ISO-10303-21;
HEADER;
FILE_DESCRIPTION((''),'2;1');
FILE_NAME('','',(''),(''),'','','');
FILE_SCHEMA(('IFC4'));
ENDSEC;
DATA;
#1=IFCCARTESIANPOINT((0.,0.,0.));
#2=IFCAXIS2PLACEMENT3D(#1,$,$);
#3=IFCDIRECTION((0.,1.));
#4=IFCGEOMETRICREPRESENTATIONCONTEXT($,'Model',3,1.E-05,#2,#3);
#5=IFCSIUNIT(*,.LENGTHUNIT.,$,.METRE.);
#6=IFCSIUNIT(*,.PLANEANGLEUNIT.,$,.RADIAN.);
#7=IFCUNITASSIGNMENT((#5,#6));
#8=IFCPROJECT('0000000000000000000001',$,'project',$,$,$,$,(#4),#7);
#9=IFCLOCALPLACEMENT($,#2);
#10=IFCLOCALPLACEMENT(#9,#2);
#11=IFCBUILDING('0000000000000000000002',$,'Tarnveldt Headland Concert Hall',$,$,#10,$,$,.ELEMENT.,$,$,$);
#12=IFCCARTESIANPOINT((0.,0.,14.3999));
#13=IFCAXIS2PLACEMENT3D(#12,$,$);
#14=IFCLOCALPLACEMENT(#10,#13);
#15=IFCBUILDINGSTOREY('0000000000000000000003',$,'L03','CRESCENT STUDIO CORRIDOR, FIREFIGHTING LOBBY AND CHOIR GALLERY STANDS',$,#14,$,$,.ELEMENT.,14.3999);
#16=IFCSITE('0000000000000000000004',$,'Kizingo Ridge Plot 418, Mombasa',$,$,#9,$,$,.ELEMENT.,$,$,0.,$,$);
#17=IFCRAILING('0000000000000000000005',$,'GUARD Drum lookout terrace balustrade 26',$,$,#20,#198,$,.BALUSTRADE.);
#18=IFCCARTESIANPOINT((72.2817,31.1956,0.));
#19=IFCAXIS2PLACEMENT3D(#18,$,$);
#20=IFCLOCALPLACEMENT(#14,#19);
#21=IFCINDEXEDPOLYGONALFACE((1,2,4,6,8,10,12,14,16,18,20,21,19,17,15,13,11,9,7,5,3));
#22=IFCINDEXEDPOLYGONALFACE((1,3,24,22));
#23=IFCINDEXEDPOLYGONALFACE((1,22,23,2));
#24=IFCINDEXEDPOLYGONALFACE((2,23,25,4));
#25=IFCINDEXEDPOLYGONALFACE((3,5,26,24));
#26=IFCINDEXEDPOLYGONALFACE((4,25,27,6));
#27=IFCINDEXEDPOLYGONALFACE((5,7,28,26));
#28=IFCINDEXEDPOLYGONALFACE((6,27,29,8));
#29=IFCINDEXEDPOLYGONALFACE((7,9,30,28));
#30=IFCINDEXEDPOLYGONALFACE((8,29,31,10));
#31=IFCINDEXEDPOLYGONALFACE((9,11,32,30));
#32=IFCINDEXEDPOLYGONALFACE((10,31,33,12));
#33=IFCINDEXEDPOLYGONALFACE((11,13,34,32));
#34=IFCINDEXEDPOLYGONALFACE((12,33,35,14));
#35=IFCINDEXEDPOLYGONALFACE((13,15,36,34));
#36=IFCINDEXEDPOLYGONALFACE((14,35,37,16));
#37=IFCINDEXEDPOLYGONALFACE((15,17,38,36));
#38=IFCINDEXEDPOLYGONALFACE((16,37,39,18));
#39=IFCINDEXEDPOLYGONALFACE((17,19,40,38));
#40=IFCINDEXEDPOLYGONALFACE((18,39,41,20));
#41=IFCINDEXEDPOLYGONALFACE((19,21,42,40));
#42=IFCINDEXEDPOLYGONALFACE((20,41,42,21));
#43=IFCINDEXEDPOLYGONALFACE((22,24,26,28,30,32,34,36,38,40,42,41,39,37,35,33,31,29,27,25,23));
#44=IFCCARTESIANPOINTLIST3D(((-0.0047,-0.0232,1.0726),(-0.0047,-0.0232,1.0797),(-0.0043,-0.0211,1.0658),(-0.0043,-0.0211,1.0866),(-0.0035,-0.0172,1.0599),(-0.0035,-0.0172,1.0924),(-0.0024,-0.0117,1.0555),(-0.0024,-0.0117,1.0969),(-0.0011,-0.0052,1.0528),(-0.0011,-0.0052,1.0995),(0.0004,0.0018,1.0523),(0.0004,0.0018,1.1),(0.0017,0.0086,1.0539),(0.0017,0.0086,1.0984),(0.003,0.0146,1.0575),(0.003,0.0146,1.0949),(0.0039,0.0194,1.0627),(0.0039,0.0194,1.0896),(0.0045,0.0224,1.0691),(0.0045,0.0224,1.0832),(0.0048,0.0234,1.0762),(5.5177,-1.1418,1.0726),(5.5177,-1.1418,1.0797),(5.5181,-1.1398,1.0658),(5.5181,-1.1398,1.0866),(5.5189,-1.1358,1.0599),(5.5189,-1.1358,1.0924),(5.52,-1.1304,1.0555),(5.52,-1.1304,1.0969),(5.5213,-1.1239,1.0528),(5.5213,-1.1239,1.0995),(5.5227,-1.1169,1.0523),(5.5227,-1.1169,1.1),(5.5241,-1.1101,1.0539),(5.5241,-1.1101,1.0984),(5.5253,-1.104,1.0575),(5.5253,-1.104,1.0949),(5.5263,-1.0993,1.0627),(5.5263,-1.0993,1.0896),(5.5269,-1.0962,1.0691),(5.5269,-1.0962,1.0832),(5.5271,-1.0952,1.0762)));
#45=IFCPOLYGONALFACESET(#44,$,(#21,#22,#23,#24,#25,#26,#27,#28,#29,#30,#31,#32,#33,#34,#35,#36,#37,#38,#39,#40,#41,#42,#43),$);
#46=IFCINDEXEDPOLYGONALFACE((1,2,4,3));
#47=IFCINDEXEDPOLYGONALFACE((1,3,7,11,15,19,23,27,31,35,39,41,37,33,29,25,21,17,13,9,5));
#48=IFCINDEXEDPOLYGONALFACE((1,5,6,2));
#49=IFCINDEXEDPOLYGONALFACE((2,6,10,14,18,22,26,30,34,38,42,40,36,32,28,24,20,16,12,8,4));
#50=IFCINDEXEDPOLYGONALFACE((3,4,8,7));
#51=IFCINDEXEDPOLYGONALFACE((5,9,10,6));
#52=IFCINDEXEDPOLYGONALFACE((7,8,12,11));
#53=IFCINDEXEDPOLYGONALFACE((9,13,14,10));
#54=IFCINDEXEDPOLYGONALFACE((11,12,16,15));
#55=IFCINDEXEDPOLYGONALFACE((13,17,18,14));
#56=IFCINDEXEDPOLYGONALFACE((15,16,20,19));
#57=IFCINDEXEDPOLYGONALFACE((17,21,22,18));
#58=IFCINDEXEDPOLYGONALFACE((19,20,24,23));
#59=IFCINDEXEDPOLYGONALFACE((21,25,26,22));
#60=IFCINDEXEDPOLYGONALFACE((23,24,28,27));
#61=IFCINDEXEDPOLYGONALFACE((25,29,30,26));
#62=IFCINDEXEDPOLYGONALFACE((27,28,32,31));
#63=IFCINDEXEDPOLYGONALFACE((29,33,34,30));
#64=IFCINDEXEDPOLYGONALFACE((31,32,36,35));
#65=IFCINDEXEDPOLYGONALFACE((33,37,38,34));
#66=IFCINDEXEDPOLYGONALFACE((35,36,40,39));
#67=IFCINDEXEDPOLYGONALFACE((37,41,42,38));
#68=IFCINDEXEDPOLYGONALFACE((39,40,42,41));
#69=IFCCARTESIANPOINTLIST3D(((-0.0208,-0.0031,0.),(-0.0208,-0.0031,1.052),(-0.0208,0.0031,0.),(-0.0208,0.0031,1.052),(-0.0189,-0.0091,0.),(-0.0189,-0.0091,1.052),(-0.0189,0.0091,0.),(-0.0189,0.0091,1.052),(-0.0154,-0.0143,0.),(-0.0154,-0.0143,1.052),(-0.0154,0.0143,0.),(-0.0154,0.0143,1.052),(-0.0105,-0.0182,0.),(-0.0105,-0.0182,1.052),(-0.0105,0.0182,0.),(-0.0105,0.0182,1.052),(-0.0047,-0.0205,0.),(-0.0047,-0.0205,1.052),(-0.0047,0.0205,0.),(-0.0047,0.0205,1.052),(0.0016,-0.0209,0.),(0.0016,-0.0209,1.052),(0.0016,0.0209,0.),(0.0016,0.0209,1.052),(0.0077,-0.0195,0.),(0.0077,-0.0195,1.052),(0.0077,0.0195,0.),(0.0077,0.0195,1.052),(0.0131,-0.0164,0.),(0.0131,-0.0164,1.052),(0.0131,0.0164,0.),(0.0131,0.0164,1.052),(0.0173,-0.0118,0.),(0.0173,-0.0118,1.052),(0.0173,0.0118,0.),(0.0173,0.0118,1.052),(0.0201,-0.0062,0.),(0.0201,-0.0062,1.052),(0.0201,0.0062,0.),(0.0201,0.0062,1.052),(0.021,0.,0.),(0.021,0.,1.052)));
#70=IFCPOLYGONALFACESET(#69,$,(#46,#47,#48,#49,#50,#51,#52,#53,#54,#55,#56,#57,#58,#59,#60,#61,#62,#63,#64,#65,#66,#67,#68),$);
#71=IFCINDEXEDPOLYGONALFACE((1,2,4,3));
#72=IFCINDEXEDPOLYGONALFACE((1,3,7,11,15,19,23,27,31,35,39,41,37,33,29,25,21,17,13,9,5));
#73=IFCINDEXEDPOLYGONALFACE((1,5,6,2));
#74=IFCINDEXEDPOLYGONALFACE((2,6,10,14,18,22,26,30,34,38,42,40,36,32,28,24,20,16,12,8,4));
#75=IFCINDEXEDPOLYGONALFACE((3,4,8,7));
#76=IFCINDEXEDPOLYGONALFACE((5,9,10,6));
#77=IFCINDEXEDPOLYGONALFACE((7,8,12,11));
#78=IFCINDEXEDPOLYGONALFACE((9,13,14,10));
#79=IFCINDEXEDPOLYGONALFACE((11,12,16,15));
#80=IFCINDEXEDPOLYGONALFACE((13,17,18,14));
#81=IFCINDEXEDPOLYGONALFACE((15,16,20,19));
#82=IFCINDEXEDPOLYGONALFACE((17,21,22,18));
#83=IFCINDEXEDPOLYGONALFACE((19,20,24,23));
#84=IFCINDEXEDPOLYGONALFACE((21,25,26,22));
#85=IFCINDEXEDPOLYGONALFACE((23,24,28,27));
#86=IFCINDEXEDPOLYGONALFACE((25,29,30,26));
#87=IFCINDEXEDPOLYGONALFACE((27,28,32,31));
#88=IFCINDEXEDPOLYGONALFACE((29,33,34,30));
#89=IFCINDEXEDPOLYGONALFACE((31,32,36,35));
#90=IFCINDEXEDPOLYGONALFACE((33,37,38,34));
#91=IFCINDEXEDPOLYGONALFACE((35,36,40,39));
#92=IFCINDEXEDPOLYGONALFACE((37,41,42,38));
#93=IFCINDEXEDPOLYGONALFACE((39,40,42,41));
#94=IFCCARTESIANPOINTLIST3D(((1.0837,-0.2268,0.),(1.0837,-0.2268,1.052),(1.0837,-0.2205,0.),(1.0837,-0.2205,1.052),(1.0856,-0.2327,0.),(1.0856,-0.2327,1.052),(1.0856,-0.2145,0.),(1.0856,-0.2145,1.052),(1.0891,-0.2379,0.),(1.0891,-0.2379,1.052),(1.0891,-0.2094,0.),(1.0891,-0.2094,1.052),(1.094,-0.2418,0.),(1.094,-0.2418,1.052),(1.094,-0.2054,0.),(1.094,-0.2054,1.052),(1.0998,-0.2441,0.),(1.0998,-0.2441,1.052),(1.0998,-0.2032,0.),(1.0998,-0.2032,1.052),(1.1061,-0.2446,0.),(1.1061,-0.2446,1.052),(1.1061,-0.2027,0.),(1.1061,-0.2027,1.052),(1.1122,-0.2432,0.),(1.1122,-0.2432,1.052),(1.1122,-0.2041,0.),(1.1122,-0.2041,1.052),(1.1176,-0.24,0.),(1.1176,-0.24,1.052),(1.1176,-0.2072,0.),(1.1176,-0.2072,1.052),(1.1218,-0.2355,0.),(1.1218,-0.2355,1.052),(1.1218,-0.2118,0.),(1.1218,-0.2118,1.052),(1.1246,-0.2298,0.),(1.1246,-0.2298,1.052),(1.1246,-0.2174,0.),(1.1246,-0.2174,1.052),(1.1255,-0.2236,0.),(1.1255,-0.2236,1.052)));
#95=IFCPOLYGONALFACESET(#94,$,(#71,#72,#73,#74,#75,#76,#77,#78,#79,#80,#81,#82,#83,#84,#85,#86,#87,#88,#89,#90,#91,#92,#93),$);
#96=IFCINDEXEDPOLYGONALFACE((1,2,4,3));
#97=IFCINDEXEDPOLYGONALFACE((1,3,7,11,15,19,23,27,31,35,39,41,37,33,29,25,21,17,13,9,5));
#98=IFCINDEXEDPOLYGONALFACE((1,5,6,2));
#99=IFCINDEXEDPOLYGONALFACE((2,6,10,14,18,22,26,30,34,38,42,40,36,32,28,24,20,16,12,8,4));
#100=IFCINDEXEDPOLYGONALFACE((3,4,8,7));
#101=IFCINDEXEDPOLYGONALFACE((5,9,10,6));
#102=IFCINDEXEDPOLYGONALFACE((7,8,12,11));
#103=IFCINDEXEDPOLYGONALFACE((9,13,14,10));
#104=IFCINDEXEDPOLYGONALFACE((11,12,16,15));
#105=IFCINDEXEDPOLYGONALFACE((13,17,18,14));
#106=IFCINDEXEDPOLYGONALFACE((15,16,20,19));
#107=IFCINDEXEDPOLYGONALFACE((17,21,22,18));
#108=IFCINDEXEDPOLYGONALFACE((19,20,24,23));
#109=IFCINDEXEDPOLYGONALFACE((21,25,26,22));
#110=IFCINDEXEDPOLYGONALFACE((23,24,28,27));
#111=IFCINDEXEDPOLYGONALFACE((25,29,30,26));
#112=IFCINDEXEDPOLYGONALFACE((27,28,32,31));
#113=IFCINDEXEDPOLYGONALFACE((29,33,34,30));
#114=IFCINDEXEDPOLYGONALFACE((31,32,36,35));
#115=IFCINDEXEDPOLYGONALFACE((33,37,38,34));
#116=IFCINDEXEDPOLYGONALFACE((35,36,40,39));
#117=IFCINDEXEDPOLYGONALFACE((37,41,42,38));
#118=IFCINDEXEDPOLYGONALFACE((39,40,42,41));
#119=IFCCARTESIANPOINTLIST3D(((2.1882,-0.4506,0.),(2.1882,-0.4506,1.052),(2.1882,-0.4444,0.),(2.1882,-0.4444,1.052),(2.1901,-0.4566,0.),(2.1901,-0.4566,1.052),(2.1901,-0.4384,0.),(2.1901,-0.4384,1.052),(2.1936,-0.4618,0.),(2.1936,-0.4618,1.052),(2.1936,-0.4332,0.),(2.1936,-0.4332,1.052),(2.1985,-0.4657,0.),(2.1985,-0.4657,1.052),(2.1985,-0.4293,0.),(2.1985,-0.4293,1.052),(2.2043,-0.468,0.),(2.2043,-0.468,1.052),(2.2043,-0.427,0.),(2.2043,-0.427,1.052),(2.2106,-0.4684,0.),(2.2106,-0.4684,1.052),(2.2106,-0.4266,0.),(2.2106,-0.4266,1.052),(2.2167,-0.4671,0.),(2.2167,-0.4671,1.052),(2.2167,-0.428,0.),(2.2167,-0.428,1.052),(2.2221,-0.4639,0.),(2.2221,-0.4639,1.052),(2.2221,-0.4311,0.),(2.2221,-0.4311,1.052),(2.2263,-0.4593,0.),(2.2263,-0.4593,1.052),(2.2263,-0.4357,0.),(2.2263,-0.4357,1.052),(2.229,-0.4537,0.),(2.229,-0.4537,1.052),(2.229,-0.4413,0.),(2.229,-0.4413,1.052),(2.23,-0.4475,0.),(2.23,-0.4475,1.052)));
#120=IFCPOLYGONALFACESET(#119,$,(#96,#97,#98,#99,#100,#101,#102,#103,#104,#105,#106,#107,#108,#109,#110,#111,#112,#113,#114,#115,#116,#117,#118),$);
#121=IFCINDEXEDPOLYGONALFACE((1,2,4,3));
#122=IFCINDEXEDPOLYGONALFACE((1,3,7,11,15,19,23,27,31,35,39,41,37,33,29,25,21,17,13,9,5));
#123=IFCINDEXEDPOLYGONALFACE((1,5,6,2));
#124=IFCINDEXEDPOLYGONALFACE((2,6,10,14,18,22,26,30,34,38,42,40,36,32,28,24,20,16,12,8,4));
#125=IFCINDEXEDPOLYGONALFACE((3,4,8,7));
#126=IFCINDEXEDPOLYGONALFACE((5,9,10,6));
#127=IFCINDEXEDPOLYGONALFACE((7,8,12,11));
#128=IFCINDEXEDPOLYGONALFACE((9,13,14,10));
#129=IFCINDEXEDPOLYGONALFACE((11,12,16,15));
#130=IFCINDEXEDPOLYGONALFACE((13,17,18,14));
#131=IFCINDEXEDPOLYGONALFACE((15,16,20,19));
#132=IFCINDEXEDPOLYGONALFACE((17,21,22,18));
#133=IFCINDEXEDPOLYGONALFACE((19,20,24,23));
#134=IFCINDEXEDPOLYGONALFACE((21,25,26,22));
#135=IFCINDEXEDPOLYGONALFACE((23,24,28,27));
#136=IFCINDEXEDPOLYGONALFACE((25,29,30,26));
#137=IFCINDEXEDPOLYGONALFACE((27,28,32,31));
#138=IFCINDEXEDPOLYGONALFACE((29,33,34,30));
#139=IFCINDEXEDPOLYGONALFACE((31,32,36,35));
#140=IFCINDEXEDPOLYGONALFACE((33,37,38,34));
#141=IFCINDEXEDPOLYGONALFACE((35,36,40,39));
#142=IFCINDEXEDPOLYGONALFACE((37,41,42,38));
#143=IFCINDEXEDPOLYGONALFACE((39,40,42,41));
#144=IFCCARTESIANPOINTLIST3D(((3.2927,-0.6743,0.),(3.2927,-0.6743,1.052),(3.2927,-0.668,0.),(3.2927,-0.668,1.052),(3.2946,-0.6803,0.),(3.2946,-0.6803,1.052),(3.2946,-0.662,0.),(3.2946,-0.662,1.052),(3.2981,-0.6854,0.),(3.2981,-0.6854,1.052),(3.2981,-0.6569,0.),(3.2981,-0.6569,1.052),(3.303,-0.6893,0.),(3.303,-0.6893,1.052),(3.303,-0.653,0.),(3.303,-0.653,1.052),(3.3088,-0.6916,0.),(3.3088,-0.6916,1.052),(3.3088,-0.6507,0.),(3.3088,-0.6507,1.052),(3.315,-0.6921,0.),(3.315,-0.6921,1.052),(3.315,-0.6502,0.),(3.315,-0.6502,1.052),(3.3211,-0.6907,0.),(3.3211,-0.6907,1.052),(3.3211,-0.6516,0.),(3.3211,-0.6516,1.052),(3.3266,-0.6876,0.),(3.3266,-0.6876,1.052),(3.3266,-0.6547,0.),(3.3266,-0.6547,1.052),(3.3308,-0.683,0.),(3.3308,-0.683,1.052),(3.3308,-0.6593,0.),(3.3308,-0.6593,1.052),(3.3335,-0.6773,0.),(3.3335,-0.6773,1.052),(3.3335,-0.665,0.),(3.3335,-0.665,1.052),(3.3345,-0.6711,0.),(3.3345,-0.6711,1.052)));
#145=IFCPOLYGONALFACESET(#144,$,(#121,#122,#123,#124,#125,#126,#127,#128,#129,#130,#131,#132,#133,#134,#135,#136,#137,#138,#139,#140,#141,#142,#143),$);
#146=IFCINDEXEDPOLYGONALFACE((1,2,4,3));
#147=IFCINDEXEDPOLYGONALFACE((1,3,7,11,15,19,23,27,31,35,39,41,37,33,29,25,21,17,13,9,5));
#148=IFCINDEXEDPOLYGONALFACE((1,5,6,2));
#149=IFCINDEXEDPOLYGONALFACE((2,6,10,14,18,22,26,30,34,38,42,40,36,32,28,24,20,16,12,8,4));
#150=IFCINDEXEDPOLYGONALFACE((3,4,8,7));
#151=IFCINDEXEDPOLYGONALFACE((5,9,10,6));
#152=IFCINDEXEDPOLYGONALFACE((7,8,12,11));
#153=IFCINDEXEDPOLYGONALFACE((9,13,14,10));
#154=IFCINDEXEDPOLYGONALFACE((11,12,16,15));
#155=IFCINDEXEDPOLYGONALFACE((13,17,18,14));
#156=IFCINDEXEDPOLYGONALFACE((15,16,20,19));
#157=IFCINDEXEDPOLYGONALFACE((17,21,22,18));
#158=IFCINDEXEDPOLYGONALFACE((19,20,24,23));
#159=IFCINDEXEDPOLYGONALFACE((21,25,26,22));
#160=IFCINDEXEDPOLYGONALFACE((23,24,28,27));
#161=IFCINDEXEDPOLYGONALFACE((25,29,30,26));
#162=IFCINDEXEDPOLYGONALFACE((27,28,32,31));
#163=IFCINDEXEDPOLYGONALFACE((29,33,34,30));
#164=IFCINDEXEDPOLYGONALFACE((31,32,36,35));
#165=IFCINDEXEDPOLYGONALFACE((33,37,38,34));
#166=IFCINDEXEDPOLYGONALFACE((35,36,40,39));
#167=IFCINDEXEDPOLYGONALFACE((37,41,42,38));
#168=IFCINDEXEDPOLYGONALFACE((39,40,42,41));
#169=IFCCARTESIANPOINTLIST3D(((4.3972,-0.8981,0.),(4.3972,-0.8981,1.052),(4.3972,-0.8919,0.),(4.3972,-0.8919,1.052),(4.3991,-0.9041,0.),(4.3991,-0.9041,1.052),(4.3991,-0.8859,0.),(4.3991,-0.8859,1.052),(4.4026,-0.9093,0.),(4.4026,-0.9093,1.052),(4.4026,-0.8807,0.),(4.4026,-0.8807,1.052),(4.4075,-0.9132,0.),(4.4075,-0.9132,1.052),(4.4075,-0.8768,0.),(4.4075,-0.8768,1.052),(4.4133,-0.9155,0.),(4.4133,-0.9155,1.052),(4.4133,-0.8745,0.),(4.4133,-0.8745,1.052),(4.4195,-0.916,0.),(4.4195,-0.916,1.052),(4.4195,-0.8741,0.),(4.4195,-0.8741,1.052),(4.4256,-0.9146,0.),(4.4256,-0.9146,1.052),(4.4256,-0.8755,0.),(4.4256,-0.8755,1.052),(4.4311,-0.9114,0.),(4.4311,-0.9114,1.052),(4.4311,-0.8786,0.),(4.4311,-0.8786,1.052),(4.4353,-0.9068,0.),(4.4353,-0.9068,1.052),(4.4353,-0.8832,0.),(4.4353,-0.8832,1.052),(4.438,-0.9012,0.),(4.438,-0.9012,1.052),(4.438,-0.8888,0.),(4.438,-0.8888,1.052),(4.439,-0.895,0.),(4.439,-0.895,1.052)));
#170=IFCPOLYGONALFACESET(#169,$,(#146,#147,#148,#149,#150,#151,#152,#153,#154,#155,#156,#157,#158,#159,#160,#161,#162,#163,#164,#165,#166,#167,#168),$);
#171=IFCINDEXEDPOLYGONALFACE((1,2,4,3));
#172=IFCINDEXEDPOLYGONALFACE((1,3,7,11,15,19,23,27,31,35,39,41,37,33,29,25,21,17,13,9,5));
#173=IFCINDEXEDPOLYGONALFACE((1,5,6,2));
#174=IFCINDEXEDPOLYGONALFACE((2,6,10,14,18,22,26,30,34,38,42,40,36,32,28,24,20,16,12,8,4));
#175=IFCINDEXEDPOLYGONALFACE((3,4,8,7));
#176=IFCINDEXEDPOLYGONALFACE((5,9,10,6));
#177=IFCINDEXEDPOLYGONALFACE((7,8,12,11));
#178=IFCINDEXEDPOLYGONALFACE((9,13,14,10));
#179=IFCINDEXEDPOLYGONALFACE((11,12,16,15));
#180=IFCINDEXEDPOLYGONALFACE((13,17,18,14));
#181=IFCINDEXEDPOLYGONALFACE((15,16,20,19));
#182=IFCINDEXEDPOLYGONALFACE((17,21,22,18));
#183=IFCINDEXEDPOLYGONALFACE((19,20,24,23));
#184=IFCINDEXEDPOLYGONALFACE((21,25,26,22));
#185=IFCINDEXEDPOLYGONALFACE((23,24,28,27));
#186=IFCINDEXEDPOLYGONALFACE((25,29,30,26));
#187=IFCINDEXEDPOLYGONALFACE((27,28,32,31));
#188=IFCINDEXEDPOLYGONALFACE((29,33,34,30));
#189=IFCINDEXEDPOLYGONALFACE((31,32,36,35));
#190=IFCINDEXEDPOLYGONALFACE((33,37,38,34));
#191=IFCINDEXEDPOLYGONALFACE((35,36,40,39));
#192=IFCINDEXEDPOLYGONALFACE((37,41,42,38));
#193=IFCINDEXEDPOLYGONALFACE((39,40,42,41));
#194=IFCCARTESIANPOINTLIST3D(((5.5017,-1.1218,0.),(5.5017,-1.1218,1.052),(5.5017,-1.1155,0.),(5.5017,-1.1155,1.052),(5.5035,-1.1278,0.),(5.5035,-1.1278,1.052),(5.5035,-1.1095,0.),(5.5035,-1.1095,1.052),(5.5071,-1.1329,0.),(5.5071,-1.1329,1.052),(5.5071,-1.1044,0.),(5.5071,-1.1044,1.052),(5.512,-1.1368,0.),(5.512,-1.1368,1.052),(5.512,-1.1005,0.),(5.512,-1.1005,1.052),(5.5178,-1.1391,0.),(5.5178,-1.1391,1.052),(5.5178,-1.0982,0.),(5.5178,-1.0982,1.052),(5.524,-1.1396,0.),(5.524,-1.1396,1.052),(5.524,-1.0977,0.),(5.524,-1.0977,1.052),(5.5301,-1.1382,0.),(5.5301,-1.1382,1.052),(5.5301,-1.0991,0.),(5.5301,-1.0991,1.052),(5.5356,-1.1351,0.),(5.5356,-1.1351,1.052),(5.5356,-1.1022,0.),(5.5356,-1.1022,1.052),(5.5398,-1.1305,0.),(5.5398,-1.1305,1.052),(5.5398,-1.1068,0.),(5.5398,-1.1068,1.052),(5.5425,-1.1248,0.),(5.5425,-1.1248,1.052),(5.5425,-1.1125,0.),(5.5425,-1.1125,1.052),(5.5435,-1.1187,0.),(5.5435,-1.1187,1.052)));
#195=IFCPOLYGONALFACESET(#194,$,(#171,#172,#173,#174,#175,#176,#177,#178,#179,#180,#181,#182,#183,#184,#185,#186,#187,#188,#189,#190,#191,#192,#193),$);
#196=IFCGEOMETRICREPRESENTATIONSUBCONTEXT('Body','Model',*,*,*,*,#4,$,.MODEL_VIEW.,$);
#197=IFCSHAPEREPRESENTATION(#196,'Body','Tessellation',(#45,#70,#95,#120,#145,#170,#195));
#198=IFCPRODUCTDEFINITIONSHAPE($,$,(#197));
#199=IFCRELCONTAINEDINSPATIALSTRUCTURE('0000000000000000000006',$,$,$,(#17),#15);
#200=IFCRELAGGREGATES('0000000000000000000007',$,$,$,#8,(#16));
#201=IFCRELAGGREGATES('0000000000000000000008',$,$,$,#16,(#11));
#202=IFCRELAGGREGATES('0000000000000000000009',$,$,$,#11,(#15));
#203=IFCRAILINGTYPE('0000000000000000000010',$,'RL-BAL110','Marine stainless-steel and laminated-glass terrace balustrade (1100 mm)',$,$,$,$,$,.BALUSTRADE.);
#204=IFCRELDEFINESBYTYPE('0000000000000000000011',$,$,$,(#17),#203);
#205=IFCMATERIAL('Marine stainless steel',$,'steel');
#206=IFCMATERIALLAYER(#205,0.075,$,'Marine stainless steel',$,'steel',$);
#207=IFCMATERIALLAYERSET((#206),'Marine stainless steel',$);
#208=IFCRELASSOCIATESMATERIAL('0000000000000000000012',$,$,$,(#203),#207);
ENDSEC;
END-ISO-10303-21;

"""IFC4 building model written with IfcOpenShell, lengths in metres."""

from ifc_helpers import new_model, si_unit, direction, frame, origin, origin_2d, place, context, subcontext, project, spatial, circle, extrude, material, layer, layer_set, type_object, element, save


model = new_model("IFC4")

# Units and contexts
model_context = context("Model", 3, precision=1e-05, world=origin(), true_north=direction((0.0, 1.0)))
body_context = subcontext(model_context, "Body", "Model", "MODEL_VIEW")
ifc_project = project(units=[si_unit("LENGTHUNIT", "METRE"), si_unit("PLANEANGLEUNIT", "RADIAN")], contexts=[model_context])

# Site, building, storey
site_placement = place(None, origin())
site = spatial("IfcSite", under=ifc_project, at=site_placement, Name="Kizingo Ridge Plot 418, Mombasa", CompositionType="ELEMENT", RefElevation=0.0)
building_placement = place(site_placement, origin())
building = spatial("IfcBuilding", under=site, at=building_placement, Name="Tarnveldt Headland Concert Hall", CompositionType="ELEMENT")
storey_placement = place(building_placement, frame((0.0, 0.0, 14.3999)))
storey = spatial("IfcBuildingStorey", under=building, at=storey_placement, Name="L03", Description="CRESCENT STUDIO CORRIDOR, FIREFIGHTING LOBBY AND CHOIR GALLERY STANDS", CompositionType="ELEMENT", Elevation=14.3999)

# Railing
ifc_material_1 = material(Name="Marine stainless steel", Category="steel")
ifc_layer_1 = layer(ifc_material_1, 0.075, Name="Marine stainless steel", Category="steel")
ifc_layer_set_1 = layer_set([ifc_layer_1], Name="Marine stainless steel")
railing_type_1 = type_object("IfcRailingType", Name="RL-BAL110", Description="Marine stainless-steel and laminated-glass terrace balustrade (1100 mm)", PredefinedType="BALUSTRADE", material=ifc_layer_set_1)
railing_1_placement = place(storey_placement, frame((72.2817, 31.1956, 0.0)))
element("IfcRailing", 1, at=railing_1_placement, inside=storey, type_object=railing_type_1, Name="GUARD Drum lookout terrace balustrade 26", PredefinedType="BALUSTRADE", context=body_context, shape_type="SweptSolid", body=[
    extrude(circle(Radius=0.0239, at=origin_2d()), frame((0.0, 0.0, 1.0762), z_axis=(0.980094, -0.198532, 0.0), x_axis=(0.198532, 0.980094, 0.0)), (0.0, 0.0, 1.0), 5.6345),
    extrude(circle(Radius=0.021, at=origin_2d()), origin(), (0.0, 0.0, 1.0), 1.052),
    extrude(circle(Radius=0.021, at=origin_2d()), frame((1.1045, -0.2236, 0.0)), (0.0, 0.0, 1.0), 1.052),
    extrude(circle(Radius=0.021, at=origin_2d()), frame((2.209, -0.4475, 0.0)), (0.0, 0.0, 1.0), 1.052),
    extrude(circle(Radius=0.021, at=origin_2d()), frame((3.3135, -0.6711, 0.0)), (0.0, 0.0, 1.0), 1.052),
    extrude(circle(Radius=0.021, at=origin_2d()), frame((4.418, -0.895, 0.0)), (0.0, 0.0, 1.0), 1.052),
    extrude(circle(Radius=0.021, at=origin_2d()), frame((5.5225, -1.1187, 0.0)), (0.0, 0.0, 1.0), 1.052),
])

save(model, "model.ifc")
